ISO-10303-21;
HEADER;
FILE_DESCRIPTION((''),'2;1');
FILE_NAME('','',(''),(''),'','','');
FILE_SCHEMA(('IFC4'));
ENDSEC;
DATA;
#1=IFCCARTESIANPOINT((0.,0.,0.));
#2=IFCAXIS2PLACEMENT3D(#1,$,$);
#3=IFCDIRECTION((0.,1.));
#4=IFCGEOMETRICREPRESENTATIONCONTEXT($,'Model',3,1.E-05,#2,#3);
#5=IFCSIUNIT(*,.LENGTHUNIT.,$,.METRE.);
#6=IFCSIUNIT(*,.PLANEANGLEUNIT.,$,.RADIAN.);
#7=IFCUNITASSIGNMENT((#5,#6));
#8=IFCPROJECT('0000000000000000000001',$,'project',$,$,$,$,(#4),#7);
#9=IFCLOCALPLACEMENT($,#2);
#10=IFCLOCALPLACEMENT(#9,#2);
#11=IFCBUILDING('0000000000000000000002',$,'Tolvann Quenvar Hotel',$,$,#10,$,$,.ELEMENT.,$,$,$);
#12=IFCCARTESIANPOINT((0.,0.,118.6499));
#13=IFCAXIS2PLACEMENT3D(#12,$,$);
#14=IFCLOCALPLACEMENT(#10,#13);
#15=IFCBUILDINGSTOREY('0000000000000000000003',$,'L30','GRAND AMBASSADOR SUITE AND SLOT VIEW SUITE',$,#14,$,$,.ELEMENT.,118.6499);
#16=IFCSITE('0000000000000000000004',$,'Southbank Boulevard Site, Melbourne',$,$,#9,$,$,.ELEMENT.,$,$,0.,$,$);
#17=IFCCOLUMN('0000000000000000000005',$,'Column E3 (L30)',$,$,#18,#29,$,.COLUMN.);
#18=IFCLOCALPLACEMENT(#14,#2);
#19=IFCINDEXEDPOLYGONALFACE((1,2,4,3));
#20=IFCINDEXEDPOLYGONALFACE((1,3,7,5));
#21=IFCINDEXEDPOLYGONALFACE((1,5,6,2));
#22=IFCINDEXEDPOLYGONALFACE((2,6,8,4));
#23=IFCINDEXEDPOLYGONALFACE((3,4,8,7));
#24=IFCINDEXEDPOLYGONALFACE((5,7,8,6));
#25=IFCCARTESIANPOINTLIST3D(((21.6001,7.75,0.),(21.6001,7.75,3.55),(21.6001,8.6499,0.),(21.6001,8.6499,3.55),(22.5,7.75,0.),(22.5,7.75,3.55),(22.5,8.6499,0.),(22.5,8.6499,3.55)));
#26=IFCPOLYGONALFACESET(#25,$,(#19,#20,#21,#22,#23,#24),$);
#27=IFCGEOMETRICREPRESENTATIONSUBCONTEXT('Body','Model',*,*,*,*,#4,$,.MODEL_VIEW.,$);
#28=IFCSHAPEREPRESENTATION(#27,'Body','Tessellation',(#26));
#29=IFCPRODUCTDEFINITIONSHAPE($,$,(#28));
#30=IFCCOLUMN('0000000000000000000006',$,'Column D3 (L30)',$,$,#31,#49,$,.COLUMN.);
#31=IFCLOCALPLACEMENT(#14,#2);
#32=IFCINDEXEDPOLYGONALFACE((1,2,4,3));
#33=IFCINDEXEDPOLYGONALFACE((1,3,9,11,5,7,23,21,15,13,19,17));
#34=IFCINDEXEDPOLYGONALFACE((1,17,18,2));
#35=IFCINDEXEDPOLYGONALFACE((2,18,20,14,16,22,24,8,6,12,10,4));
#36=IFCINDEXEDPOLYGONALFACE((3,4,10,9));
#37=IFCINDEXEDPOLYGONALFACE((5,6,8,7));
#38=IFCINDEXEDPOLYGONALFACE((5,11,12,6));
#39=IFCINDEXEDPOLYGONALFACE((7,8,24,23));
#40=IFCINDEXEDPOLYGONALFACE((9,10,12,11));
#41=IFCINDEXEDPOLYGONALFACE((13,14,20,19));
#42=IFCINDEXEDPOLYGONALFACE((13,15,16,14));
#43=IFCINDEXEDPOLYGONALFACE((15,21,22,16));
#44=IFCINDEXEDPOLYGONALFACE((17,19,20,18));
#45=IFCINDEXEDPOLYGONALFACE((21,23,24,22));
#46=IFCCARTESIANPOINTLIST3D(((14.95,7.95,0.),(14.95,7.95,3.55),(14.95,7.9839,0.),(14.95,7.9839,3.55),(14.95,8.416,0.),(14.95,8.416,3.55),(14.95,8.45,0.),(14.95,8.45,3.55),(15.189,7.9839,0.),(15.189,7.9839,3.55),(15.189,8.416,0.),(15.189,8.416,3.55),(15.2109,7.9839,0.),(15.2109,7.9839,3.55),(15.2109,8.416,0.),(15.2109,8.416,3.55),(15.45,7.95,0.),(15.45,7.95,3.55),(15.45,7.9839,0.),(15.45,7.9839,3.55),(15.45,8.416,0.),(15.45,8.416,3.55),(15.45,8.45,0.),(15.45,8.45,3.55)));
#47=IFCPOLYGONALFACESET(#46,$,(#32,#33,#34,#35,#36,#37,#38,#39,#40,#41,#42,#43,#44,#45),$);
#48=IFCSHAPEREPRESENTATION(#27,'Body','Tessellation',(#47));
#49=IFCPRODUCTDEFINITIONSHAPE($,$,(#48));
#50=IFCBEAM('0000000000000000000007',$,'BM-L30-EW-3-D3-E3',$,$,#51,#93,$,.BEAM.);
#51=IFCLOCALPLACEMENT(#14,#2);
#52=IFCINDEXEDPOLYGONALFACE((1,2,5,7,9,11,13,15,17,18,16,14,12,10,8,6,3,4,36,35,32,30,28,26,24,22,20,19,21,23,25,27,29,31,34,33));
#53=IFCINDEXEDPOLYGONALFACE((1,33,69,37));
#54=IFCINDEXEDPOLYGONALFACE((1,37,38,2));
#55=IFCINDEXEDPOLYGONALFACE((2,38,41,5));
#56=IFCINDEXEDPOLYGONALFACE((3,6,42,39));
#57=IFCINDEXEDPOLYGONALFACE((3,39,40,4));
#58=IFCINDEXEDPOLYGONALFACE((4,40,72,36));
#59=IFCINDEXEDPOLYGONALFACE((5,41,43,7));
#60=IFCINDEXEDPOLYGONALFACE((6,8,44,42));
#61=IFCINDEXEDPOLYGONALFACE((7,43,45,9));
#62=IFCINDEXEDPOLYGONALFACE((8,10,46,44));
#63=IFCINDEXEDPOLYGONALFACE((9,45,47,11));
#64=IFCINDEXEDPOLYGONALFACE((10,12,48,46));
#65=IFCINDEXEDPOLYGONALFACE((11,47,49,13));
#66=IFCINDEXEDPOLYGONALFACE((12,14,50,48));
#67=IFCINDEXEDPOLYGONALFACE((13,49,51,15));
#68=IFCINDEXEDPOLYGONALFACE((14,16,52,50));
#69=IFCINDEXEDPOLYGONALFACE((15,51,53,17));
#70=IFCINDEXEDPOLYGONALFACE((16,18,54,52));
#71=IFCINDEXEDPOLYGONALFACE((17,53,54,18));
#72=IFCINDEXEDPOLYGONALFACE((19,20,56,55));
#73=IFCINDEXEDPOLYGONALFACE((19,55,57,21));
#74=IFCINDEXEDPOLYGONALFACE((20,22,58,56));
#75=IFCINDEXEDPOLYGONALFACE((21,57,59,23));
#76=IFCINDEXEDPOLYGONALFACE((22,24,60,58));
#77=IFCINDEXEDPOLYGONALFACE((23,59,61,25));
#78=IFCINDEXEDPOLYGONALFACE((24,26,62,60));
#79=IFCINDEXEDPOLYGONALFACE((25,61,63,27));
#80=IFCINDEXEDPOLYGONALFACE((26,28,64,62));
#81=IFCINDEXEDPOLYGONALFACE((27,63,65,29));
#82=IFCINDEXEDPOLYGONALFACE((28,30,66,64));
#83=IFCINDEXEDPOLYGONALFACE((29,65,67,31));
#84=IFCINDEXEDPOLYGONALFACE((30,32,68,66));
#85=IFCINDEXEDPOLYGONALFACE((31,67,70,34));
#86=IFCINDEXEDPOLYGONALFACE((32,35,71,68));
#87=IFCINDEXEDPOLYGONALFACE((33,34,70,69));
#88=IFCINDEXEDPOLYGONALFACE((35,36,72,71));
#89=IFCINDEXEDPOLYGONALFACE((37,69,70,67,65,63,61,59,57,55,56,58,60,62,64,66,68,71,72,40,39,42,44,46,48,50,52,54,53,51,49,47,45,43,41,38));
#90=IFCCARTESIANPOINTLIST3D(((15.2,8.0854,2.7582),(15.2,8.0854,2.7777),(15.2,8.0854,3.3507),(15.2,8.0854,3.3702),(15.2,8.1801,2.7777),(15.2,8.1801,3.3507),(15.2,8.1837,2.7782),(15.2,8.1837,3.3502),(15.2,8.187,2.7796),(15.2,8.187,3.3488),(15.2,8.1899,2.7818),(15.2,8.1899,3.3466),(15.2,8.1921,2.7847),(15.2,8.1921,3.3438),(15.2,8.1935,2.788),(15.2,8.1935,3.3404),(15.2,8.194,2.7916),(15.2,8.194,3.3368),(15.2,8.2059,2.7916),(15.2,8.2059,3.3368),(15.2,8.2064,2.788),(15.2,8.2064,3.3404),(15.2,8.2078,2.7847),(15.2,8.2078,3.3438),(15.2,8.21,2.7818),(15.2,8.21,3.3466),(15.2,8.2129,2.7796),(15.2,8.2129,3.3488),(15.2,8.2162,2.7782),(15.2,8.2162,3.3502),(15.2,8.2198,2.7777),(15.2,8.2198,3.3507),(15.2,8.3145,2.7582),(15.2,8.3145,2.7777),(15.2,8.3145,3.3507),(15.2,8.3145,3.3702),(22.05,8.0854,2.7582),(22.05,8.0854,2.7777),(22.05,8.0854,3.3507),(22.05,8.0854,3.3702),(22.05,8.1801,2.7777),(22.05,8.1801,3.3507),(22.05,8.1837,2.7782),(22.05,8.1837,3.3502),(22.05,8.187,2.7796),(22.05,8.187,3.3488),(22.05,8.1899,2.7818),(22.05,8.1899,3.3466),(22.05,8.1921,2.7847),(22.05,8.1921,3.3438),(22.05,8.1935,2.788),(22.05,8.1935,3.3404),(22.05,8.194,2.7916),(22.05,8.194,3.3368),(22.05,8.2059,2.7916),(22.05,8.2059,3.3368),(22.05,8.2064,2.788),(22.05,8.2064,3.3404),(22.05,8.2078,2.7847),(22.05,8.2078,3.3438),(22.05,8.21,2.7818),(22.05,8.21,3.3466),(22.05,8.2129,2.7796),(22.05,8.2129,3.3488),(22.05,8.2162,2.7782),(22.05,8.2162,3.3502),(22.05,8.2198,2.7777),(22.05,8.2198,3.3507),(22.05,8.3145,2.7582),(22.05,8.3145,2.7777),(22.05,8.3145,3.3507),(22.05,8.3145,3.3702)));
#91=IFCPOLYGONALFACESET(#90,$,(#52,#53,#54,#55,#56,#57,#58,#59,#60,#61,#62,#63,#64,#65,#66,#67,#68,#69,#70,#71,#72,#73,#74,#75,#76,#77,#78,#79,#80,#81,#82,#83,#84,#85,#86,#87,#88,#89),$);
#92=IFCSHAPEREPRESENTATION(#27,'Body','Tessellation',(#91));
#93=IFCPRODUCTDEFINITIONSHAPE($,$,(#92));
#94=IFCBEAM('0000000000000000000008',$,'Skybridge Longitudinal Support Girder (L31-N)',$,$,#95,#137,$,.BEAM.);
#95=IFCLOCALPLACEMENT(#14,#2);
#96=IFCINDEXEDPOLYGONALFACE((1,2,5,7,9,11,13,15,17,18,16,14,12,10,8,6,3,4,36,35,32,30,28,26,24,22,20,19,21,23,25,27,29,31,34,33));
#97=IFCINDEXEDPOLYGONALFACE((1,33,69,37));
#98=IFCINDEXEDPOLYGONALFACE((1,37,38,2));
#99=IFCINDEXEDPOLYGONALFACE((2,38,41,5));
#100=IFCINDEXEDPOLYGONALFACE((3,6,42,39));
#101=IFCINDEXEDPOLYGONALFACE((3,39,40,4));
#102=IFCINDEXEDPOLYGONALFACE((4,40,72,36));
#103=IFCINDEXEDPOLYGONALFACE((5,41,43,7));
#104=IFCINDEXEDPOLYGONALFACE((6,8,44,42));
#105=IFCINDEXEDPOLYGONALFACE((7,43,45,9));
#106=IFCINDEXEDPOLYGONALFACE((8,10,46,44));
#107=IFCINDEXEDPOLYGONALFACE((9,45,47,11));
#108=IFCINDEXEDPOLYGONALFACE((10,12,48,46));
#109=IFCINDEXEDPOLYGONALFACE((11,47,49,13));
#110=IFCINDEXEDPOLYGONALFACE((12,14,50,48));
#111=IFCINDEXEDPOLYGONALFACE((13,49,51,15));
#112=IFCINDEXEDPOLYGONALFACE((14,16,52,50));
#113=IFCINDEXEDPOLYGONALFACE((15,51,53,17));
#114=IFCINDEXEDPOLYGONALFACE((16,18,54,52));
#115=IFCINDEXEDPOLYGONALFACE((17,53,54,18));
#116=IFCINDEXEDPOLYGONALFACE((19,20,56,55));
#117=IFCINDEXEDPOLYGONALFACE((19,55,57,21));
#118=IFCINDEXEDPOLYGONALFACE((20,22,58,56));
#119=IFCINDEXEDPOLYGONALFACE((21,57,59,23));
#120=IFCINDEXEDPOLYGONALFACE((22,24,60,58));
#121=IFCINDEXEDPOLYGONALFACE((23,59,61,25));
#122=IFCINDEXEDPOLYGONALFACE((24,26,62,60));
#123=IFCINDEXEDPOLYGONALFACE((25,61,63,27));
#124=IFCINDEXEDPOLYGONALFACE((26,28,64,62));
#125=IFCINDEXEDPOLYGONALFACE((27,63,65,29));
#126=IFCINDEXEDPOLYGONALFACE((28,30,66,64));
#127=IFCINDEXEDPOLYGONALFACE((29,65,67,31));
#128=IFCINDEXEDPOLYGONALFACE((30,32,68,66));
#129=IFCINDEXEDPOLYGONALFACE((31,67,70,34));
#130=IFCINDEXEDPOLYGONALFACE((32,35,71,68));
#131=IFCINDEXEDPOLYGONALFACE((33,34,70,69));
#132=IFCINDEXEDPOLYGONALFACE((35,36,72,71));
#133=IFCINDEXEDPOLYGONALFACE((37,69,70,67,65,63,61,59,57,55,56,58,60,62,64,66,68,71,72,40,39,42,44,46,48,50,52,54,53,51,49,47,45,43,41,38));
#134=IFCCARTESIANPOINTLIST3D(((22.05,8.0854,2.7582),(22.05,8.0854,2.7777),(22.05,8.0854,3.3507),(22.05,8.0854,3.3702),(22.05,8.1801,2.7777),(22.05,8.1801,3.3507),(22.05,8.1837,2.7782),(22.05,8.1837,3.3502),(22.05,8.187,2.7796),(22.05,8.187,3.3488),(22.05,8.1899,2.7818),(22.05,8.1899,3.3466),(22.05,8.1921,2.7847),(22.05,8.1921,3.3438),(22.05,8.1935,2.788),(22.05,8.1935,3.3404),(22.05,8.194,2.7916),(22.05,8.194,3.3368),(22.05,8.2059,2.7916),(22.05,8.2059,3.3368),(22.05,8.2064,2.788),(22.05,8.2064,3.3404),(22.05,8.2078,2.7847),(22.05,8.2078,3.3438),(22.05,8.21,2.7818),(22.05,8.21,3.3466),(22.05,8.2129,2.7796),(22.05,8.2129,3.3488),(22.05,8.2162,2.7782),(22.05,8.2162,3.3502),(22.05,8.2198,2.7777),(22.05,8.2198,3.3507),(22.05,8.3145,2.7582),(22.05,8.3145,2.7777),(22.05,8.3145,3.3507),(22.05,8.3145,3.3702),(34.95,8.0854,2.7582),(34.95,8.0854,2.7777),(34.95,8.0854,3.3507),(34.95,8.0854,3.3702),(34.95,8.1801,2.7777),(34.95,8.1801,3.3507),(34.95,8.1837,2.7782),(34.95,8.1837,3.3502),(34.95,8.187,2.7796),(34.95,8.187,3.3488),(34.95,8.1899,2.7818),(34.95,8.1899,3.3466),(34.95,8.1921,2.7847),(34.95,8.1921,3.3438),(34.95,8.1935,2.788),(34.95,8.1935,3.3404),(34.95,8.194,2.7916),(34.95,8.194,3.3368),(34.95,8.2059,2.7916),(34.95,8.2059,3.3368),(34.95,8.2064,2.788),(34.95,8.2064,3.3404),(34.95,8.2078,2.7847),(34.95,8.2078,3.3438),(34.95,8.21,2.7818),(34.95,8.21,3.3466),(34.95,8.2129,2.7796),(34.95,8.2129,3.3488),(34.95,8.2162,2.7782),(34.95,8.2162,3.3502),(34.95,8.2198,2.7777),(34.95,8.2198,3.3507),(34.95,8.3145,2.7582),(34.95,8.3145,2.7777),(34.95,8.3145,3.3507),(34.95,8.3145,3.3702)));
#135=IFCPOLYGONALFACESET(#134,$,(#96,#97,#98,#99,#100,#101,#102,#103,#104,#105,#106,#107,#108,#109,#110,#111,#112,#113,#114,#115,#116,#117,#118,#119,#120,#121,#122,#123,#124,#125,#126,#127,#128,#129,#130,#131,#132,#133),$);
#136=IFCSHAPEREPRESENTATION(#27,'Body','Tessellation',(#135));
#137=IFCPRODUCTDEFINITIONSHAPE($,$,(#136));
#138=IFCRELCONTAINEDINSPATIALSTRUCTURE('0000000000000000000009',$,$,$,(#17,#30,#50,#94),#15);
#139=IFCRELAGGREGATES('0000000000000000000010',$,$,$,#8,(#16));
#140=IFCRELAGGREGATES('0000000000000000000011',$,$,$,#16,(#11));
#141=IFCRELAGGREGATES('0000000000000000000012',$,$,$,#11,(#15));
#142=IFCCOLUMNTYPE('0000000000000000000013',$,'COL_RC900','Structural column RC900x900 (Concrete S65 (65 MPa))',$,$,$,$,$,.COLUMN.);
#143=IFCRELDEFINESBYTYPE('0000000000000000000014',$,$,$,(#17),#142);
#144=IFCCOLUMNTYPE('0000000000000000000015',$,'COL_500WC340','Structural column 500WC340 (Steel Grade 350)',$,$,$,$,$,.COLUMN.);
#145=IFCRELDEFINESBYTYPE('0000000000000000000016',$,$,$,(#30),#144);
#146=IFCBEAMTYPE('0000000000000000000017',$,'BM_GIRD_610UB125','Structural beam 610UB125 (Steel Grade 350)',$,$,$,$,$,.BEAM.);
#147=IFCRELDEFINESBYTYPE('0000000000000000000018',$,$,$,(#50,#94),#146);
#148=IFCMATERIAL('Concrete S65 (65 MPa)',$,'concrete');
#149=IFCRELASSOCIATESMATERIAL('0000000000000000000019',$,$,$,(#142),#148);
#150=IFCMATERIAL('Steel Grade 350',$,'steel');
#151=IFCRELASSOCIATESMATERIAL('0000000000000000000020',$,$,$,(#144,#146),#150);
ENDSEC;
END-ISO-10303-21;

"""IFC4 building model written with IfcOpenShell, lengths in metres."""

from ifc_helpers import new_model, si_unit, direction, frame, origin, origin_2d, place, context, subcontext, project, spatial, rectangle, i_section, extrude, source, transform, mapped, material, material_profile, profile_set, type_object, type_shapes, element, save


model = new_model("IFC4")

# Units and contexts
model_context = context("Model", 3, precision=1e-05, world=origin(), true_north=direction((0.0, 1.0)))
body_context = subcontext(model_context, "Body", "Model", "MODEL_VIEW")
ifc_project = project(units=[si_unit("LENGTHUNIT", "METRE"), si_unit("PLANEANGLEUNIT", "RADIAN")], contexts=[model_context])

# Site, building, storey
site_placement = place(None, origin())
site = spatial("IfcSite", under=ifc_project, at=site_placement, Name="Southbank Boulevard Site, Melbourne", CompositionType="ELEMENT", RefElevation=0.0)
building_placement = place(site_placement, origin())
building = spatial("IfcBuilding", under=site, at=building_placement, Name="Tolvann Quenvar Hotel", CompositionType="ELEMENT")
storey_placement = place(building_placement, frame((0.0, 0.0, 118.6499)))
storey = spatial("IfcBuildingStorey", under=building, at=storey_placement, Name="L30", Description="GRAND AMBASSADOR SUITE AND SLOT VIEW SUITE", CompositionType="ELEMENT", Elevation=118.6499)

# Columns
ifc_material_1 = material(Name="Concrete S65 (65 MPa)", Category="concrete")
ifc_material_profile_1 = material_profile(ifc_material_1, rectangle(XDim=0.8999, YDim=0.8999, at=origin_2d()), Name="RC900x900")
ifc_profile_set_1 = profile_set([ifc_material_profile_1], Name="Concrete S65 (65 MPa)")
column_type_1 = type_object("IfcColumnType", Name="COL_RC900", Description="Structural column RC900x900 (Concrete S65 (65 MPa))", PredefinedType="COLUMN", material=ifc_profile_set_1)
shared_shape_1 = source(origin(), body_context, "Body", "SweptSolid", [
    extrude(rectangle(XDim=0.8999, YDim=0.8999, at=origin_2d()), origin(), (0.0, 0.0, 1.0), 3.55),
])
type_shapes(column_type_1, [shared_shape_1])
column_1_placement = place(storey_placement, frame((22.05, 8.2, 0.0), z_axis=(0.0, 0.0, 1.0), x_axis=(1.0, 0.0, 0.0)))
element("IfcColumn", 1, at=column_1_placement, inside=storey, type_object=column_type_1, Name="Column E3 (L30)", PredefinedType="COLUMN", context=body_context, shape_type="MappedRepresentation", body=[
    mapped(shared_shape_1, transform((0.0, 0.0, 0.0), x_axis=(1.0, 0.0, 0.0), y_axis=(0.0, 1.0, 0.0), z_axis=(0.0, 0.0, 1.0), scale=1.0)),
])
ifc_material_2 = material(Name="Steel Grade 350", Category="steel")
ifc_material_profile_2 = material_profile(ifc_material_2, i_section(OverallWidth=0.5, OverallDepth=0.5, WebThickness=0.022, FlangeThickness=0.0339, at=origin_2d()), Name="500WC340")
ifc_profile_set_2 = profile_set([ifc_material_profile_2], Name="Steel Grade 350")
column_type_2 = type_object("IfcColumnType", Name="COL_500WC340", Description="Structural column 500WC340 (Steel Grade 350)", PredefinedType="COLUMN", material=ifc_profile_set_2)
shared_shape_2 = source(origin(), body_context, "Body", "SweptSolid", [
    extrude(i_section(OverallWidth=0.5, OverallDepth=0.5, WebThickness=0.022, FlangeThickness=0.0339, at=origin_2d()), origin(), (0.0, 0.0, 1.0), 3.55),
])
type_shapes(column_type_2, [shared_shape_2])
column_2_placement = place(storey_placement, frame((15.2, 8.2, 0.0), z_axis=(0.0, 0.0, 1.0), x_axis=(1.0, 0.0, 0.0)))
element("IfcColumn", 2, at=column_2_placement, inside=storey, type_object=column_type_2, Name="Column D3 (L30)", PredefinedType="COLUMN", context=body_context, shape_type="MappedRepresentation", body=[
    mapped(shared_shape_2, transform((0.0, 0.0, 0.0), x_axis=(1.0, 0.0, 0.0), y_axis=(0.0, 1.0, 0.0), z_axis=(0.0, 0.0, 1.0), scale=1.0)),
])

# Beams
ifc_material_profile_3 = material_profile(ifc_material_2, i_section(OverallWidth=0.229, OverallDepth=0.6121, WebThickness=0.012, FlangeThickness=0.0195, FilletRadius=0.0139, at=origin_2d()), Name="610UB125")
ifc_profile_set_3 = profile_set([ifc_material_profile_3], Name="Steel Grade 350")
beam_type_1 = type_object("IfcBeamType", Name="BM_GIRD_610UB125", Description="Structural beam 610UB125 (Steel Grade 350)", PredefinedType="BEAM", material=ifc_profile_set_3)
shared_shape_3 = source(origin(), body_context, "Body", "SweptSolid", [
    extrude(i_section(OverallWidth=0.229, OverallDepth=0.6121, WebThickness=0.012, FlangeThickness=0.0195, FilletRadius=0.0139, at=origin_2d()), origin(), (0.0, 0.0, 1.0), 6.8501),
])
beam_1_placement = place(storey_placement, frame((15.2, 8.2, 3.0642), z_axis=(1.0, 0.0, 0.0), x_axis=(0.0, 1.0, 0.0)))
element("IfcBeam", 3, at=beam_1_placement, inside=storey, type_object=beam_type_1, Name="BM-L30-EW-3-D3-E3", PredefinedType="BEAM", context=body_context, shape_type="MappedRepresentation", body=[
    mapped(shared_shape_3, transform((0.0, 0.0, 0.0), x_axis=(1.0, 0.0, 0.0), y_axis=(0.0, 1.0, 0.0), z_axis=(0.0, 0.0, 1.0), scale=1.0)),
])
shared_shape_4 = source(origin(), body_context, "Body", "SweptSolid", [
    extrude(i_section(OverallWidth=0.229, OverallDepth=0.6121, WebThickness=0.012, FlangeThickness=0.0195, FilletRadius=0.0139, at=origin_2d()), origin(), (0.0, 0.0, 1.0), 12.8999),
])
type_shapes(beam_type_1, [shared_shape_3, shared_shape_4])
beam_2_placement = place(storey_placement, frame((22.05, 8.2, 3.0642), z_axis=(1.0, 0.0, 0.0), x_axis=(0.0, 1.0, 0.0)))
element("IfcBeam", 4, at=beam_2_placement, inside=storey, type_object=beam_type_1, Name="Skybridge Longitudinal Support Girder (L31-N)", PredefinedType="BEAM", context=body_context, shape_type="MappedRepresentation", body=[
    mapped(shared_shape_4, transform((0.0, 0.0, 0.0), x_axis=(1.0, 0.0, 0.0), y_axis=(0.0, 1.0, 0.0), z_axis=(0.0, 0.0, 1.0), scale=1.0)),
])

save(model, "model.ifc")
